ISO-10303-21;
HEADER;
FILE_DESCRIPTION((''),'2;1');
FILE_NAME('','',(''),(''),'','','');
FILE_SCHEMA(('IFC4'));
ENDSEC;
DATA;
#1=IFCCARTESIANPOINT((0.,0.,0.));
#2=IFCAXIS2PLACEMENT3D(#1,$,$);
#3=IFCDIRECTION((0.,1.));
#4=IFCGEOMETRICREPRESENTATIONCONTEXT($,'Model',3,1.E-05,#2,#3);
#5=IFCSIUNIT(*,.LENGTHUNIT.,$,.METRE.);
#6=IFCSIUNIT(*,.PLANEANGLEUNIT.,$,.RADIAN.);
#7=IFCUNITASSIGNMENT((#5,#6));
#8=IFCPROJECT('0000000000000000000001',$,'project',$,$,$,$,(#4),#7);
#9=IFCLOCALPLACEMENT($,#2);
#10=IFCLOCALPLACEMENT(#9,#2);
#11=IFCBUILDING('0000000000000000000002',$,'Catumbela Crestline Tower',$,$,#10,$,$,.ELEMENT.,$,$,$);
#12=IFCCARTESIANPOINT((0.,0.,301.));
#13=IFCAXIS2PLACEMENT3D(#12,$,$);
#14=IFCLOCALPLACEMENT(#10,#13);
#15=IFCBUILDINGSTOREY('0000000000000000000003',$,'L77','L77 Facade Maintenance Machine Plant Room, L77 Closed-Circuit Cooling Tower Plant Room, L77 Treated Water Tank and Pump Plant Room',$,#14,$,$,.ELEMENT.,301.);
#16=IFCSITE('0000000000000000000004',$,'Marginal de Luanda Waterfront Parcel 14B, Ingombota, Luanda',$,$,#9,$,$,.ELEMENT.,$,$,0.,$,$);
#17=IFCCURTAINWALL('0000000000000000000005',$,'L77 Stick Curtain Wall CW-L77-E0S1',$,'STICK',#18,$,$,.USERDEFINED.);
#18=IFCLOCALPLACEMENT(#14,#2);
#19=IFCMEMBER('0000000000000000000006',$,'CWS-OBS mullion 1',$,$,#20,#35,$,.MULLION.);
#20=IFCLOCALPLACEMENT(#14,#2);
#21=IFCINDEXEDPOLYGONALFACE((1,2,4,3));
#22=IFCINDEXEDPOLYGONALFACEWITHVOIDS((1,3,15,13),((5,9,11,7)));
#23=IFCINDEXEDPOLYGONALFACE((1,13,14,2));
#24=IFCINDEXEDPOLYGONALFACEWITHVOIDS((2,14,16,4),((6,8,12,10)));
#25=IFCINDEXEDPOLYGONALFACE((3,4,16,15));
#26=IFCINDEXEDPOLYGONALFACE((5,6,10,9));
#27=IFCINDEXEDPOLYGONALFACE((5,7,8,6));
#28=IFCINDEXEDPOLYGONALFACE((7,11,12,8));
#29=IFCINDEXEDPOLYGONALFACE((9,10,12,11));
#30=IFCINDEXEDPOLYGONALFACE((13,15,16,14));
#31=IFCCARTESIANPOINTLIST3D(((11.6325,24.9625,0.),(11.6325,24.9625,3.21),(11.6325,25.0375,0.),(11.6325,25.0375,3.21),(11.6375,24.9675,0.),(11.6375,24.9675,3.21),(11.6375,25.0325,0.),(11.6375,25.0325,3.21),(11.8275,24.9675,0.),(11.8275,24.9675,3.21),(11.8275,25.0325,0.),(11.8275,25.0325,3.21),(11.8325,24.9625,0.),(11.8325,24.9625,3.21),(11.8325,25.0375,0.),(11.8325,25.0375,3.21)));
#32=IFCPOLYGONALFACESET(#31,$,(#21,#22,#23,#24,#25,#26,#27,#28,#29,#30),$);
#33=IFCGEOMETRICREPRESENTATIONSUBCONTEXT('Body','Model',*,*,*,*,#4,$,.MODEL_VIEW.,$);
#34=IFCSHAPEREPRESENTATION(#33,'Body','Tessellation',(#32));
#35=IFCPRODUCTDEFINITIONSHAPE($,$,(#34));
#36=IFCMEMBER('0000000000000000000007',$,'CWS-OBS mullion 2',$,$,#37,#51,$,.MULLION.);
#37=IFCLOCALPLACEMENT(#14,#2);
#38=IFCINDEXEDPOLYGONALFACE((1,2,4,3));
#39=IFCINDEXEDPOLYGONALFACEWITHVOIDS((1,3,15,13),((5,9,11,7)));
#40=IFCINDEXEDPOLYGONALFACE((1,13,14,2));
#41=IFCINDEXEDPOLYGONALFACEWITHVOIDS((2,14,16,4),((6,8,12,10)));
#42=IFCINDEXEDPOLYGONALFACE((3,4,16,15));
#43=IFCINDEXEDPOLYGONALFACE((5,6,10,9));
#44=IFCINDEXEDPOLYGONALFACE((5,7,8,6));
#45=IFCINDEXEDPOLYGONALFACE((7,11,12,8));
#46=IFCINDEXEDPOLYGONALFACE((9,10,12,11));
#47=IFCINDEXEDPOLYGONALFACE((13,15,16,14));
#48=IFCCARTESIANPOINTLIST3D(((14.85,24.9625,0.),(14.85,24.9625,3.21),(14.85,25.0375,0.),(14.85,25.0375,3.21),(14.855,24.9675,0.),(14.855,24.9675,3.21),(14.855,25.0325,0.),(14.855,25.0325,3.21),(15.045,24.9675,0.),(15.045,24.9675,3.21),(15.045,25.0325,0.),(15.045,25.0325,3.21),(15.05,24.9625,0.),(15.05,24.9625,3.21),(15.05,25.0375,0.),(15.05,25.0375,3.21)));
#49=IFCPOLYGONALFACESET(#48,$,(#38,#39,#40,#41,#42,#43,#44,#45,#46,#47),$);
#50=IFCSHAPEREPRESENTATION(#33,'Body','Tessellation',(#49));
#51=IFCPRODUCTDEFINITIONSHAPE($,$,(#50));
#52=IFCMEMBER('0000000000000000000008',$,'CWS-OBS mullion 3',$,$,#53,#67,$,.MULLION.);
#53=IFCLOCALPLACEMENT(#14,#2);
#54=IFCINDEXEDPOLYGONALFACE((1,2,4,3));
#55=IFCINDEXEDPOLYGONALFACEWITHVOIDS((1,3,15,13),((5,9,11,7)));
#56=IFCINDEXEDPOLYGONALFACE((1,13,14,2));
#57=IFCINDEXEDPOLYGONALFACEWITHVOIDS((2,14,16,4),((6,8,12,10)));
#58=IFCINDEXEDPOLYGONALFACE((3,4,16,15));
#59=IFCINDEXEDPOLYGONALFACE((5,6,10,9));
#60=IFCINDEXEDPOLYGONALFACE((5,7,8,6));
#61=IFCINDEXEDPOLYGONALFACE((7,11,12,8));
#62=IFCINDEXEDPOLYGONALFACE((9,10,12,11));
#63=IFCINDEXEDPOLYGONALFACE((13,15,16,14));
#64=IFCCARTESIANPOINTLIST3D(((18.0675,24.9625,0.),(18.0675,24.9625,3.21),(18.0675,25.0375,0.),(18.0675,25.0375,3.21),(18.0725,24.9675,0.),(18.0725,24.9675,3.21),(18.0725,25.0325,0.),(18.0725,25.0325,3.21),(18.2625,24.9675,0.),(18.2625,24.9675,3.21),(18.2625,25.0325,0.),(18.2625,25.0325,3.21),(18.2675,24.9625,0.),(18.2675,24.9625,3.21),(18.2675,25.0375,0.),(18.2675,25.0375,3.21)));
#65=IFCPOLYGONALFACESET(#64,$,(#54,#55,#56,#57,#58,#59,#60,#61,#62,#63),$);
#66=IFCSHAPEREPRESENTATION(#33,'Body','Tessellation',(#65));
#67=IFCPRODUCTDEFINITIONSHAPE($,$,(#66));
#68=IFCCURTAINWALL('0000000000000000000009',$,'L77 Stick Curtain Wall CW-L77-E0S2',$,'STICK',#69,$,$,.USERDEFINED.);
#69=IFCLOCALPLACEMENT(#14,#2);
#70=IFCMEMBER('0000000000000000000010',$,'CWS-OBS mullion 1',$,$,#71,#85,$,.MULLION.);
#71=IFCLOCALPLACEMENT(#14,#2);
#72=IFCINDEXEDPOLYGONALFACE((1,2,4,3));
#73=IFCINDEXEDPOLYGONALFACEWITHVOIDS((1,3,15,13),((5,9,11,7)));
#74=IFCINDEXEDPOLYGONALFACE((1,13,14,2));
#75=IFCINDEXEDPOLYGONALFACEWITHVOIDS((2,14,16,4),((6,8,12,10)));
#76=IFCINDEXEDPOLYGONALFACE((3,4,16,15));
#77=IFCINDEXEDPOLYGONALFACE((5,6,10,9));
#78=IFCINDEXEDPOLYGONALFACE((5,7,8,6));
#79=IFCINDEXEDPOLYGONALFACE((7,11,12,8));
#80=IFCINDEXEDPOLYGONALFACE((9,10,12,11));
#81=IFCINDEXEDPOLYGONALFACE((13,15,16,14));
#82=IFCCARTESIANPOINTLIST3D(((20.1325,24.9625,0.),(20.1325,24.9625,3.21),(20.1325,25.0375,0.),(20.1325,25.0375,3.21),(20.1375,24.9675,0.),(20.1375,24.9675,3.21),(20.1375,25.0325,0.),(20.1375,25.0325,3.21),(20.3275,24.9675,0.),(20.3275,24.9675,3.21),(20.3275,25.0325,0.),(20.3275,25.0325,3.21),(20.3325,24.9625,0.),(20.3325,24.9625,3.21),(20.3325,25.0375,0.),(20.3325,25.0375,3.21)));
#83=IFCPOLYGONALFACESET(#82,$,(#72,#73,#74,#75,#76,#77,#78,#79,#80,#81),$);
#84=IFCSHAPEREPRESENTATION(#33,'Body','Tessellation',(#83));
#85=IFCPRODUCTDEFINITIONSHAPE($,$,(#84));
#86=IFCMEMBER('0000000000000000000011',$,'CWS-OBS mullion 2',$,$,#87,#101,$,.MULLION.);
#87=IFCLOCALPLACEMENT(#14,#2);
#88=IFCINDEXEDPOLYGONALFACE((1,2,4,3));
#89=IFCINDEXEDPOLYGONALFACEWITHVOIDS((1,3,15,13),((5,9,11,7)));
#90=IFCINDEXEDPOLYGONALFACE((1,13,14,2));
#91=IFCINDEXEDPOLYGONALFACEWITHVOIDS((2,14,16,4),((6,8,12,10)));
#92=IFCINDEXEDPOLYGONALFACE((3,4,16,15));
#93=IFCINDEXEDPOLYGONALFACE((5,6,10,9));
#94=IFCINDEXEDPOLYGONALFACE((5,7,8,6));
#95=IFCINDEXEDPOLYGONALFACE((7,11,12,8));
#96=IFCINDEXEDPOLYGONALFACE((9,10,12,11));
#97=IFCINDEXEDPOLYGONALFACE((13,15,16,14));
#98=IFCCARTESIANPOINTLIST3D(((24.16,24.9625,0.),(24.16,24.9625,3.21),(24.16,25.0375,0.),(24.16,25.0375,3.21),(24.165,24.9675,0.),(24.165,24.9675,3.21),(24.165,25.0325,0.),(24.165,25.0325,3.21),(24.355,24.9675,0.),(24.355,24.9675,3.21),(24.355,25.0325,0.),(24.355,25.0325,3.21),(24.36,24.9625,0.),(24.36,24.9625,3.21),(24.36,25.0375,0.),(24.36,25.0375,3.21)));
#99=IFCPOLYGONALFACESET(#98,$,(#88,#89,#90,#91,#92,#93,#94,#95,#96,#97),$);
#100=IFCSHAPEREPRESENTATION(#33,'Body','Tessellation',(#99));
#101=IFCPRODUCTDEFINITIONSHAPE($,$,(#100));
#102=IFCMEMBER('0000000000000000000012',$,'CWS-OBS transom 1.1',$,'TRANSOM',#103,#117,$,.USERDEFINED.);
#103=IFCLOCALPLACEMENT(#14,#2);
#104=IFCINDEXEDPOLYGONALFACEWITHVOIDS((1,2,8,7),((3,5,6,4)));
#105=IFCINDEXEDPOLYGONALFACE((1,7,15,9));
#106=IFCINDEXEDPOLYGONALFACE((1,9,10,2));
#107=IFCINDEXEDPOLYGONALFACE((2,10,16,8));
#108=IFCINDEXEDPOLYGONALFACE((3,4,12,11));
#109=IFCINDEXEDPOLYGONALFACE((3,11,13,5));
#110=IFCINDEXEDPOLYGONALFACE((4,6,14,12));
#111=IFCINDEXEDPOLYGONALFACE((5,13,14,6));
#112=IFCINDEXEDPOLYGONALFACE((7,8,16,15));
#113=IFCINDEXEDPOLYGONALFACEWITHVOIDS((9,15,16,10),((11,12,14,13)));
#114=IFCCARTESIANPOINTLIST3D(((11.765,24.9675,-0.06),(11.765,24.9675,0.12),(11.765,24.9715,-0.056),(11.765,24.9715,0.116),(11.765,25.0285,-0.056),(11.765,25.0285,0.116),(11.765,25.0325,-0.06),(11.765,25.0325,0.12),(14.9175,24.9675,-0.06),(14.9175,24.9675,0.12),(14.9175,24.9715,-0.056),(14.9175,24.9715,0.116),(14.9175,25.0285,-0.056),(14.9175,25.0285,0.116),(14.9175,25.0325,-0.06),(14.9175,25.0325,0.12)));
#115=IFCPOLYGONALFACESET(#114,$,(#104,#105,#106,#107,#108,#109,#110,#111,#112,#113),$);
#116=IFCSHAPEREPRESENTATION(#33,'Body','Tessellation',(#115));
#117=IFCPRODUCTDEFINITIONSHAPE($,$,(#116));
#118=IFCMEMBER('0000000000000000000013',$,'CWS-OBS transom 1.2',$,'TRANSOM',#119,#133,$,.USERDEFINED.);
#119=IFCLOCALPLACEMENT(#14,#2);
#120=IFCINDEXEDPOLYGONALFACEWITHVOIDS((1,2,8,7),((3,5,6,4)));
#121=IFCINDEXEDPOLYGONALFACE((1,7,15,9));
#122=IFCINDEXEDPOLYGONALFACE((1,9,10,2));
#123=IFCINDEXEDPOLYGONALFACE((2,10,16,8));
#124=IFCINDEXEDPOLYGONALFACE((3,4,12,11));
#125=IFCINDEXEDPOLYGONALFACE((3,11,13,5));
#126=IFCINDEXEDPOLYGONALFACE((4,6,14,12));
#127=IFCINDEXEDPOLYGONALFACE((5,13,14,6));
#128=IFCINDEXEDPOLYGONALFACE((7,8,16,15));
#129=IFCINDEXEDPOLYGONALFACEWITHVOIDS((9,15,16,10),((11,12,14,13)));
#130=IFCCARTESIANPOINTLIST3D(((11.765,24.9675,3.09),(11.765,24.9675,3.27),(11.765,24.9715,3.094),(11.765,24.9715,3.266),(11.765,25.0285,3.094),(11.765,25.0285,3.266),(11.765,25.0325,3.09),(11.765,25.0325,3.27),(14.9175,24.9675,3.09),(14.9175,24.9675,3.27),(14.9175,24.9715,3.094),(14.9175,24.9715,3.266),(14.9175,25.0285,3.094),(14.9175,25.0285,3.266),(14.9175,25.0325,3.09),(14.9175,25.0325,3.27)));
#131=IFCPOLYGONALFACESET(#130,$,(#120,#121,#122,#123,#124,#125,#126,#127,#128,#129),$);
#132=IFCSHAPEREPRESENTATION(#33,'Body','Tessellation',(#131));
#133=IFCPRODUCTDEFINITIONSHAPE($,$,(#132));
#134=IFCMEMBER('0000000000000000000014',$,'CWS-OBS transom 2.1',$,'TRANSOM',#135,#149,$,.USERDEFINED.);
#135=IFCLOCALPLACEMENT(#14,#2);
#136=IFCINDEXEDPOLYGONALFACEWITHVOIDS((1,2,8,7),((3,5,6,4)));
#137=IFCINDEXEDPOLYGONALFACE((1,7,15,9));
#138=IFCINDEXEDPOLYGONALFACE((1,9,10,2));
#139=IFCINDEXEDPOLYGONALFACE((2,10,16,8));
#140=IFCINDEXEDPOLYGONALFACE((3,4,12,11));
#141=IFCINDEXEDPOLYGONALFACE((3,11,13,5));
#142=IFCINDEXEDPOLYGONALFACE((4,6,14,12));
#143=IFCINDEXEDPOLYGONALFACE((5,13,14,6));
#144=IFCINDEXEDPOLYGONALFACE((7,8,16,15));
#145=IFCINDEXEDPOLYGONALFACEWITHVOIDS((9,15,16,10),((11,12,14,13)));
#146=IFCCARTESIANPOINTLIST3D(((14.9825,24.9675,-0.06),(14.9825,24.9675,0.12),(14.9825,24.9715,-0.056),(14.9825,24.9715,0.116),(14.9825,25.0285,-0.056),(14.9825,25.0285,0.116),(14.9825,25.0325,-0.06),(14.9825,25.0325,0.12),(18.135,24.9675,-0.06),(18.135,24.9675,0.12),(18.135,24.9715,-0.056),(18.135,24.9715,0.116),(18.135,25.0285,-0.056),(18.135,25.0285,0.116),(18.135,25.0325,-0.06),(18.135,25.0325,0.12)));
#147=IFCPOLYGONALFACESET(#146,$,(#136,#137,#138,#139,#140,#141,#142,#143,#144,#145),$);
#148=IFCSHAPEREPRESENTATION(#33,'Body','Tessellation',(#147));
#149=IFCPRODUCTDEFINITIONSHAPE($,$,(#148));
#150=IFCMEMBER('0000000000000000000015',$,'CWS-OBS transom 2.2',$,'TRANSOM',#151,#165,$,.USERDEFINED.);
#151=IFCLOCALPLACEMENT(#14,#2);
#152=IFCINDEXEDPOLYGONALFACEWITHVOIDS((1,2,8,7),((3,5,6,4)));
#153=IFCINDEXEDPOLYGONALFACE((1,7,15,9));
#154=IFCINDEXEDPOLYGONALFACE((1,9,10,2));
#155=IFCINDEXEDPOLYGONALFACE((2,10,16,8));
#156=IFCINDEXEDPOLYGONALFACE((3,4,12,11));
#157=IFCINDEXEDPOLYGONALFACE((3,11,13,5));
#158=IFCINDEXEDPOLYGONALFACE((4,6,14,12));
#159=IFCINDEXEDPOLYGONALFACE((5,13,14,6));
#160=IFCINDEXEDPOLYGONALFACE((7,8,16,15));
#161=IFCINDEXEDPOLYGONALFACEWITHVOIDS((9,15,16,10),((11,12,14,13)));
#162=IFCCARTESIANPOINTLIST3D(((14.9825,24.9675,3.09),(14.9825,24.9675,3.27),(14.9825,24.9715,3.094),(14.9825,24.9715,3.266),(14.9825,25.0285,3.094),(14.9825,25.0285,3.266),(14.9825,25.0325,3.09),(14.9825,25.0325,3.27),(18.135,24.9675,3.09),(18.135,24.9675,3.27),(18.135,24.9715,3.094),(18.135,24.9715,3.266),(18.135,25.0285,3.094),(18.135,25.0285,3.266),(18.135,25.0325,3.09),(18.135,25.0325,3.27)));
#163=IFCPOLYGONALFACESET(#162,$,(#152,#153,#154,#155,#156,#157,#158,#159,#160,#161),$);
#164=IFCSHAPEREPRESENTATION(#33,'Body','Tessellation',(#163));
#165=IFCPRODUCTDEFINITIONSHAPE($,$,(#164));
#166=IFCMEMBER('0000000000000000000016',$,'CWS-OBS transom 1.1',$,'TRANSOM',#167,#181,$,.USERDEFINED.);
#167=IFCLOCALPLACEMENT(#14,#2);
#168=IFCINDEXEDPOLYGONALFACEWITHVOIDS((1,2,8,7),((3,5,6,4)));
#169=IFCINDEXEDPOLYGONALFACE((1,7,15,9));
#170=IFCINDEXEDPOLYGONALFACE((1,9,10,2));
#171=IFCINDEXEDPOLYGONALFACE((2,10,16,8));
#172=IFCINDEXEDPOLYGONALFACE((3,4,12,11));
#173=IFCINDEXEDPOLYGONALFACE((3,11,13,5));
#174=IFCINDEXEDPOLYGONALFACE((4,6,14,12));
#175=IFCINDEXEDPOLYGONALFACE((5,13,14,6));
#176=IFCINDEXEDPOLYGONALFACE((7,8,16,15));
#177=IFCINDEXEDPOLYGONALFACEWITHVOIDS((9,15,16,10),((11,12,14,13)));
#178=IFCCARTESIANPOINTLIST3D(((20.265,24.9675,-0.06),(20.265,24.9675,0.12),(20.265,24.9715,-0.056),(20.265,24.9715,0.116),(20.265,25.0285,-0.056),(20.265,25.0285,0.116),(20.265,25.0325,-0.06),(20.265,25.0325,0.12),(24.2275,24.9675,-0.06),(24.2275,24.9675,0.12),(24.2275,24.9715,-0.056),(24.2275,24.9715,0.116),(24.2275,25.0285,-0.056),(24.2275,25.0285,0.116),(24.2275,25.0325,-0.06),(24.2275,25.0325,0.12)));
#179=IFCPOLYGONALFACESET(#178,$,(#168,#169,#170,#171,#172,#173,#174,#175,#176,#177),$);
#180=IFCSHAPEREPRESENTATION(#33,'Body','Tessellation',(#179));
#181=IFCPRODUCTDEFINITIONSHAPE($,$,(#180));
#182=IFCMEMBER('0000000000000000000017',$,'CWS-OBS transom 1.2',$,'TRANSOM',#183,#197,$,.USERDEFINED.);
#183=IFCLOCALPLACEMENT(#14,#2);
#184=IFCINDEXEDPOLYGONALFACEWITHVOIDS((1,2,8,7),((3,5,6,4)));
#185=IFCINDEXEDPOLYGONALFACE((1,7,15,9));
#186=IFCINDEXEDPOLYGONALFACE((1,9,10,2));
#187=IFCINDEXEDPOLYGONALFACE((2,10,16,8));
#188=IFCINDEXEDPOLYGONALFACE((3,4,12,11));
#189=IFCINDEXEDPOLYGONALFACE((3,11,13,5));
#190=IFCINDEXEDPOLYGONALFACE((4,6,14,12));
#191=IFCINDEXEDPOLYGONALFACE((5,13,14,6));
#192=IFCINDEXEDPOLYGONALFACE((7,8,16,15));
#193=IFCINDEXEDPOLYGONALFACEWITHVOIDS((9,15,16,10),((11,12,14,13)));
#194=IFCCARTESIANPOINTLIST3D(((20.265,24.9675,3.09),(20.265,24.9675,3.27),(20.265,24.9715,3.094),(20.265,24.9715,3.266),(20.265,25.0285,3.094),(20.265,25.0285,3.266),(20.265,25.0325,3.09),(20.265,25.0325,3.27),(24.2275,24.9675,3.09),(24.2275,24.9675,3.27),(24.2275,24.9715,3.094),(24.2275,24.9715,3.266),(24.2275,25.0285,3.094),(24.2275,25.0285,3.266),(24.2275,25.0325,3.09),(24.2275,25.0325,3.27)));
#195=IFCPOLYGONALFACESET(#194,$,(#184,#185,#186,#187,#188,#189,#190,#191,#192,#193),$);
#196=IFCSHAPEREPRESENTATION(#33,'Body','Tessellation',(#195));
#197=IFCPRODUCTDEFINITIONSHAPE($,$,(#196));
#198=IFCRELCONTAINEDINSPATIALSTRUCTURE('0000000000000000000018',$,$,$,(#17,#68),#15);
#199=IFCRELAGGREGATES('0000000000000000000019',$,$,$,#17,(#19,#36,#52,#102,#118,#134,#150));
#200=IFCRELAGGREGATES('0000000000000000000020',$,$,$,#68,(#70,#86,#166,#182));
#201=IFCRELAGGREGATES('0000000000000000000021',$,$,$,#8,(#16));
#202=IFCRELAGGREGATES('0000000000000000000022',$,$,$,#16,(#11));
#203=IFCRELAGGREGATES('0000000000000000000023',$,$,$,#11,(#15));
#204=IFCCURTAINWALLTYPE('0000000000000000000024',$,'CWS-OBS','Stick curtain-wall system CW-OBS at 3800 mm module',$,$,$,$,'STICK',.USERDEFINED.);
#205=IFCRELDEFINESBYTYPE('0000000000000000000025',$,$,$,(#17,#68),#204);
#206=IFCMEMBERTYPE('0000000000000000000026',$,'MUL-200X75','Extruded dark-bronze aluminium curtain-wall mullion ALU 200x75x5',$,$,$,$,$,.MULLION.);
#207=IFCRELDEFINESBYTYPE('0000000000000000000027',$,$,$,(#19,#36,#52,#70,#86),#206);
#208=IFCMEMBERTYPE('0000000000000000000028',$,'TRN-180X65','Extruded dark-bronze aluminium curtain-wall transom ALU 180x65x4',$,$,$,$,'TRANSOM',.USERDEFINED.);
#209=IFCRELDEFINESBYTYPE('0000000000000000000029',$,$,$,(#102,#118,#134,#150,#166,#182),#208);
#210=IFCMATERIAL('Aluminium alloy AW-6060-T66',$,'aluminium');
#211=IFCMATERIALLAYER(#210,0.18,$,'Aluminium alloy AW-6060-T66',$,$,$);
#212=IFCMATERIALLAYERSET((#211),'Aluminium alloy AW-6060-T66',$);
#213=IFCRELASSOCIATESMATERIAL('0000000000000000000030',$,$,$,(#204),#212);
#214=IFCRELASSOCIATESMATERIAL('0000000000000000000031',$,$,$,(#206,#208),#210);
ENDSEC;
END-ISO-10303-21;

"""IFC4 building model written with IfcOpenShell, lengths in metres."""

from ifc_helpers import new_model, si_unit, direction, frame, origin, origin_2d, place, context, subcontext, project, spatial, hollow_rectangle, extrude, material, layer, layer_set, material_profile, profile_set, type_object, element, aggregate, save


model = new_model("IFC4")

# Units and contexts
model_context = context("Model", 3, precision=1e-05, world=origin(), true_north=direction((0.0, 1.0)))
body_context = subcontext(model_context, "Body", "Model", "MODEL_VIEW")
ifc_project = project(units=[si_unit("LENGTHUNIT", "METRE"), si_unit("PLANEANGLEUNIT", "RADIAN")], contexts=[model_context])

# Site, building, storey
site_placement = place(None, origin())
site = spatial("IfcSite", under=ifc_project, at=site_placement, Name="Marginal de Luanda Waterfront Parcel 14B, Ingombota, Luanda", CompositionType="ELEMENT", RefElevation=0.0)
building_placement = place(site_placement, origin())
building = spatial("IfcBuilding", under=site, at=building_placement, Name="Catumbela Crestline Tower", CompositionType="ELEMENT")
storey_placement = place(building_placement, frame((0.0, 0.0, 301.0)))
storey = spatial("IfcBuildingStorey", under=building, at=storey_placement, Name="L77", Description="L77 Facade Maintenance Machine Plant Room, L77 Closed-Circuit Cooling Tower Plant Room, L77 Treated Water Tank and Pump Plant Room", CompositionType="ELEMENT", Elevation=301.0)

# Curtain walls, members
ifc_material_1 = material(Name="Aluminium alloy AW-6060-T66", Category="aluminium")
ifc_layer_1 = layer(ifc_material_1, 0.18, Name="Aluminium alloy AW-6060-T66")
ifc_layer_set_1 = layer_set([ifc_layer_1], Name="Aluminium alloy AW-6060-T66")
curtain_wall_type = type_object("IfcCurtainWallType", Name="CWS-OBS", Description="Stick curtain-wall system CW-OBS at 3800 mm module", ElementType="STICK", PredefinedType="USERDEFINED", material=ifc_layer_set_1)
curtain_wall_1_placement = place(storey_placement, origin())
curtain_wall_1 = element("IfcCurtainWall", 1, at=curtain_wall_1_placement, inside=storey, type_object=curtain_wall_type, Name="L77 Stick Curtain Wall CW-L77-E0S1", ObjectType="STICK", PredefinedType="USERDEFINED")
ifc_material_profile_1 = material_profile(ifc_material_1, hollow_rectangle(XDim=0.075, YDim=0.2, WallThickness=0.005, at=origin_2d()), Name="ALU 200x75x5")
ifc_profile_set_1 = profile_set([ifc_material_profile_1], Name="Aluminium alloy AW-6060-T66")
member_type_1 = type_object("IfcMemberType", Name="MUL-200X75", Description="Extruded dark-bronze aluminium curtain-wall mullion ALU 200x75x5", PredefinedType="MULLION", material=ifc_profile_set_1)
member_1_placement = place(storey_placement, frame((11.7325, 25.0, 0.0), z_axis=(0.0, 0.0, 1.0), x_axis=(0.0, 1.0, 0.0)))
member_1 = element("IfcMember", 2, at=member_1_placement, type_object=member_type_1, Name="CWS-OBS mullion 1", PredefinedType="MULLION", context=body_context, shape_type="SweptSolid", body=[
    extrude(hollow_rectangle(XDim=0.075, YDim=0.2, WallThickness=0.005, at=origin_2d()), origin(), (0.0, 0.0, 1.0), 3.21),
])
member_2_placement = place(storey_placement, frame((14.95, 25.0, 0.0), z_axis=(0.0, 0.0, 1.0), x_axis=(0.0, 1.0, 0.0)))
member_2 = element("IfcMember", 3, at=member_2_placement, type_object=member_type_1, Name="CWS-OBS mullion 2", PredefinedType="MULLION", context=body_context, shape_type="SweptSolid", body=[
    extrude(hollow_rectangle(XDim=0.075, YDim=0.2, WallThickness=0.005, at=origin_2d()), origin(), (0.0, 0.0, 1.0), 3.21),
])
member_3_placement = place(storey_placement, frame((18.1675, 25.0, 0.0), z_axis=(0.0, 0.0, 1.0), x_axis=(0.0, 1.0, 0.0)))
member_3 = element("IfcMember", 4, at=member_3_placement, type_object=member_type_1, Name="CWS-OBS mullion 3", PredefinedType="MULLION", context=body_context, shape_type="SweptSolid", body=[
    extrude(hollow_rectangle(XDim=0.075, YDim=0.2, WallThickness=0.005, at=origin_2d()), origin(), (0.0, 0.0, 1.0), 3.21),
])
curtain_wall_2_placement = place(storey_placement, origin())
curtain_wall_2 = element("IfcCurtainWall", 5, at=curtain_wall_2_placement, inside=storey, type_object=curtain_wall_type, Name="L77 Stick Curtain Wall CW-L77-E0S2", ObjectType="STICK", PredefinedType="USERDEFINED")
member_4_placement = place(storey_placement, frame((20.2325, 25.0, 0.0), z_axis=(0.0, 0.0, 1.0), x_axis=(0.0, 1.0, 0.0)))
member_4 = element("IfcMember", 6, at=member_4_placement, type_object=member_type_1, Name="CWS-OBS mullion 1", PredefinedType="MULLION", context=body_context, shape_type="SweptSolid", body=[
    extrude(hollow_rectangle(XDim=0.075, YDim=0.2, WallThickness=0.005, at=origin_2d()), origin(), (0.0, 0.0, 1.0), 3.21),
])
member_5_placement = place(storey_placement, frame((24.26, 25.0, 0.0), z_axis=(0.0, 0.0, 1.0), x_axis=(0.0, 1.0, 0.0)))
member_5 = element("IfcMember", 7, at=member_5_placement, type_object=member_type_1, Name="CWS-OBS mullion 2", PredefinedType="MULLION", context=body_context, shape_type="SweptSolid", body=[
    extrude(hollow_rectangle(XDim=0.075, YDim=0.2, WallThickness=0.005, at=origin_2d()), origin(), (0.0, 0.0, 1.0), 3.21),
])

# Members
ifc_material_profile_2 = material_profile(ifc_material_1, hollow_rectangle(XDim=0.065, YDim=0.18, WallThickness=0.004, at=origin_2d()), Name="ALU 180x65x4")
ifc_profile_set_2 = profile_set([ifc_material_profile_2], Name="Aluminium alloy AW-6060-T66")
member_type_2 = type_object("IfcMemberType", Name="TRN-180X65", Description="Extruded dark-bronze aluminium curtain-wall transom ALU 180x65x4", ElementType="TRANSOM", PredefinedType="USERDEFINED", material=ifc_profile_set_2)
member_6_placement = place(storey_placement, frame((11.765, 25.0, 0.03), z_axis=(1.0, 0.0, 0.0), x_axis=(0.0, 1.0, 0.0)))
member_6 = element("IfcMember", 8, at=member_6_placement, type_object=member_type_2, Name="CWS-OBS transom 1.1", ObjectType="TRANSOM", PredefinedType="USERDEFINED", context=body_context, shape_type="SweptSolid", body=[
    extrude(hollow_rectangle(XDim=0.065, YDim=0.18, WallThickness=0.004, at=origin_2d()), origin(), (0.0, 0.0, 1.0), 3.1525),
])
member_7_placement = place(storey_placement, frame((11.765, 25.0, 3.18), z_axis=(1.0, 0.0, 0.0), x_axis=(0.0, 1.0, 0.0)))
member_7 = element("IfcMember", 9, at=member_7_placement, type_object=member_type_2, Name="CWS-OBS transom 1.2", ObjectType="TRANSOM", PredefinedType="USERDEFINED", context=body_context, shape_type="SweptSolid", body=[
    extrude(hollow_rectangle(XDim=0.065, YDim=0.18, WallThickness=0.004, at=origin_2d()), origin(), (0.0, 0.0, 1.0), 3.1525),
])
member_8_placement = place(storey_placement, frame((14.9825, 25.0, 0.03), z_axis=(1.0, 0.0, 0.0), x_axis=(0.0, 1.0, 0.0)))
member_8 = element("IfcMember", 10, at=member_8_placement, type_object=member_type_2, Name="CWS-OBS transom 2.1", ObjectType="TRANSOM", PredefinedType="USERDEFINED", context=body_context, shape_type="SweptSolid", body=[
    extrude(hollow_rectangle(XDim=0.065, YDim=0.18, WallThickness=0.004, at=origin_2d()), origin(), (0.0, 0.0, 1.0), 3.1525),
])
member_9_placement = place(storey_placement, frame((14.9825, 25.0, 3.18), z_axis=(1.0, 0.0, 0.0), x_axis=(0.0, 1.0, 0.0)))
member_9 = element("IfcMember", 11, at=member_9_placement, type_object=member_type_2, Name="CWS-OBS transom 2.2", ObjectType="TRANSOM", PredefinedType="USERDEFINED", context=body_context, shape_type="SweptSolid", body=[
    extrude(hollow_rectangle(XDim=0.065, YDim=0.18, WallThickness=0.004, at=origin_2d()), origin(), (0.0, 0.0, 1.0), 3.1525),
])
member_10_placement = place(storey_placement, frame((20.265, 25.0, 0.03), z_axis=(1.0, 0.0, 0.0), x_axis=(0.0, 1.0, 0.0)))
member_10 = element("IfcMember", 12, at=member_10_placement, type_object=member_type_2, Name="CWS-OBS transom 1.1", ObjectType="TRANSOM", PredefinedType="USERDEFINED", context=body_context, shape_type="SweptSolid", body=[
    extrude(hollow_rectangle(XDim=0.065, YDim=0.18, WallThickness=0.004, at=origin_2d()), origin(), (0.0, 0.0, 1.0), 3.9625),
])
member_11_placement = place(storey_placement, frame((20.265, 25.0, 3.18), z_axis=(1.0, 0.0, 0.0), x_axis=(0.0, 1.0, 0.0)))
member_11 = element("IfcMember", 13, at=member_11_placement, type_object=member_type_2, Name="CWS-OBS transom 1.2", ObjectType="TRANSOM", PredefinedType="USERDEFINED", context=body_context, shape_type="SweptSolid", body=[
    extrude(hollow_rectangle(XDim=0.065, YDim=0.18, WallThickness=0.004, at=origin_2d()), origin(), (0.0, 0.0, 1.0), 3.9625),
])

aggregate(curtain_wall_1, [member_1, member_2, member_3, member_6, member_7, member_8, member_9])
aggregate(curtain_wall_2, [member_4, member_5, member_10, member_11])

save(model, "model.ifc")
